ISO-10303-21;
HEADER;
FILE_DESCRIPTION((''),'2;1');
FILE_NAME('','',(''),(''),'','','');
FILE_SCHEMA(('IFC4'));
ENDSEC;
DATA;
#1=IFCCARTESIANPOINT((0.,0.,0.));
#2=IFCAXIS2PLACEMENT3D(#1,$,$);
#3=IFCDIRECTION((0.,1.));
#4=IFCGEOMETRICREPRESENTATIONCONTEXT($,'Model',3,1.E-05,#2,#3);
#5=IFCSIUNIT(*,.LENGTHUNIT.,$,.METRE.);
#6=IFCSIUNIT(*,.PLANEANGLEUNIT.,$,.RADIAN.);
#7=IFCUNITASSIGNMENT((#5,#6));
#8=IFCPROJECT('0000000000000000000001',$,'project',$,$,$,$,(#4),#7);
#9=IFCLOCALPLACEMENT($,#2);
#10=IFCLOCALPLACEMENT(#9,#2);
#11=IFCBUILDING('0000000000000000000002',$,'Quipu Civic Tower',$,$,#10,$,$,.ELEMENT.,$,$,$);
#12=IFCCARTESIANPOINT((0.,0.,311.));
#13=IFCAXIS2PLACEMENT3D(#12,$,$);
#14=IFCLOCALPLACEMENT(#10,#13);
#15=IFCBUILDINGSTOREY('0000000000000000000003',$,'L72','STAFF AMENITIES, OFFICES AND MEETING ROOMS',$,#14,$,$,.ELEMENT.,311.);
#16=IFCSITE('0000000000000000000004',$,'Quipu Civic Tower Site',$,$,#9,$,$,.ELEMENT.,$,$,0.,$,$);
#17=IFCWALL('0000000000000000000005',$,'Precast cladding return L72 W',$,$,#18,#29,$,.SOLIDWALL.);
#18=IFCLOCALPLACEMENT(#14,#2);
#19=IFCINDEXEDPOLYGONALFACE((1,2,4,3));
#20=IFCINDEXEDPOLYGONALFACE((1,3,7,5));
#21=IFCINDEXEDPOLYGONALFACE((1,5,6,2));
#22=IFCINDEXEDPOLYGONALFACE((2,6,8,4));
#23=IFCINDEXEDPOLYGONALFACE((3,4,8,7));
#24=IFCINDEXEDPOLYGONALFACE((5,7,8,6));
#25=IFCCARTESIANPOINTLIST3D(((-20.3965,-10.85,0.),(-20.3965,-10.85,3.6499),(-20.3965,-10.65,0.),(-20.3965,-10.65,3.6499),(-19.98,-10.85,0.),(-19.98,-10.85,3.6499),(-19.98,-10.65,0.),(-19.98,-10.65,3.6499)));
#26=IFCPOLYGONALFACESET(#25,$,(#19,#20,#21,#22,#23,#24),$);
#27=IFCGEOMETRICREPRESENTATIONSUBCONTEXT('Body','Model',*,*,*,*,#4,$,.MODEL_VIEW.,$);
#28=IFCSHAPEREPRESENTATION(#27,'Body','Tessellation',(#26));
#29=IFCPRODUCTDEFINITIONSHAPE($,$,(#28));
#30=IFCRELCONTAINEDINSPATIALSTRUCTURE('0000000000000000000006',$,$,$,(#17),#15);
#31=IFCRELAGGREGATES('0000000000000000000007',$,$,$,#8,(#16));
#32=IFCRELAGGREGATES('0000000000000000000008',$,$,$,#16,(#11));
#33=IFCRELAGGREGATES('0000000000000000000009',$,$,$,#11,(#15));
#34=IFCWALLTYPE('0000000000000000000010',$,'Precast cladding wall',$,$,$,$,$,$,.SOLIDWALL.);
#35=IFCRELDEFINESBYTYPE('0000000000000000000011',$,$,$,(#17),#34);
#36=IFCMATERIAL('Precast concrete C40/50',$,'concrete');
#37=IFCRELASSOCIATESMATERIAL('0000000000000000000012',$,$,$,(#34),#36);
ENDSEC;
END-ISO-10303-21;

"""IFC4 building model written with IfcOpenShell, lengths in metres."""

from ifc_helpers import new_model, si_unit, direction, frame, frame_2d, origin, place, context, subcontext, project, spatial, rectangle, extrude, material, type_object, element, save


model = new_model("IFC4")

# Units and contexts
model_context = context("Model", 3, precision=1e-05, world=origin(), true_north=direction((0.0, 1.0)))
body_context = subcontext(model_context, "Body", "Model", "MODEL_VIEW")
ifc_project = project(units=[si_unit("LENGTHUNIT", "METRE"), si_unit("PLANEANGLEUNIT", "RADIAN")], contexts=[model_context])

# Site, building, storey
site_placement = place(None, origin())
site = spatial("IfcSite", under=ifc_project, at=site_placement, Name="Quipu Civic Tower Site", CompositionType="ELEMENT", RefElevation=0.0)
building_placement = place(site_placement, origin())
building = spatial("IfcBuilding", under=site, at=building_placement, Name="Quipu Civic Tower", CompositionType="ELEMENT")
storey_placement = place(building_placement, frame((0.0, 0.0, 311.0)))
storey = spatial("IfcBuildingStorey", under=building, at=storey_placement, Name="L72", Description="STAFF AMENITIES, OFFICES AND MEETING ROOMS", CompositionType="ELEMENT", Elevation=311.0)

# Wall
ifc_material_1 = material(Name="Precast concrete C40/50", Category="concrete")
wall_type_1 = type_object("IfcWallType", Name="Precast cladding wall", PredefinedType="SOLIDWALL", material=ifc_material_1)
wall_1_placement = place(storey_placement, frame((-19.98, -10.75, 0.0), z_axis=(0.0, 0.0, 1.0), x_axis=(-1.0, 0.0, 0.0)))
element("IfcWall", 1, at=wall_1_placement, inside=storey, type_object=wall_type_1, Name="Precast cladding return L72 W", PredefinedType="SOLIDWALL", context=body_context, shape_type="SweptSolid", body=[
    extrude(rectangle(XDim=0.4165, YDim=0.2, at=frame_2d((0.2083, 0.0))), origin(), (0.0, 0.0, 1.0), 3.6499),
])

save(model, "model.ifc")
